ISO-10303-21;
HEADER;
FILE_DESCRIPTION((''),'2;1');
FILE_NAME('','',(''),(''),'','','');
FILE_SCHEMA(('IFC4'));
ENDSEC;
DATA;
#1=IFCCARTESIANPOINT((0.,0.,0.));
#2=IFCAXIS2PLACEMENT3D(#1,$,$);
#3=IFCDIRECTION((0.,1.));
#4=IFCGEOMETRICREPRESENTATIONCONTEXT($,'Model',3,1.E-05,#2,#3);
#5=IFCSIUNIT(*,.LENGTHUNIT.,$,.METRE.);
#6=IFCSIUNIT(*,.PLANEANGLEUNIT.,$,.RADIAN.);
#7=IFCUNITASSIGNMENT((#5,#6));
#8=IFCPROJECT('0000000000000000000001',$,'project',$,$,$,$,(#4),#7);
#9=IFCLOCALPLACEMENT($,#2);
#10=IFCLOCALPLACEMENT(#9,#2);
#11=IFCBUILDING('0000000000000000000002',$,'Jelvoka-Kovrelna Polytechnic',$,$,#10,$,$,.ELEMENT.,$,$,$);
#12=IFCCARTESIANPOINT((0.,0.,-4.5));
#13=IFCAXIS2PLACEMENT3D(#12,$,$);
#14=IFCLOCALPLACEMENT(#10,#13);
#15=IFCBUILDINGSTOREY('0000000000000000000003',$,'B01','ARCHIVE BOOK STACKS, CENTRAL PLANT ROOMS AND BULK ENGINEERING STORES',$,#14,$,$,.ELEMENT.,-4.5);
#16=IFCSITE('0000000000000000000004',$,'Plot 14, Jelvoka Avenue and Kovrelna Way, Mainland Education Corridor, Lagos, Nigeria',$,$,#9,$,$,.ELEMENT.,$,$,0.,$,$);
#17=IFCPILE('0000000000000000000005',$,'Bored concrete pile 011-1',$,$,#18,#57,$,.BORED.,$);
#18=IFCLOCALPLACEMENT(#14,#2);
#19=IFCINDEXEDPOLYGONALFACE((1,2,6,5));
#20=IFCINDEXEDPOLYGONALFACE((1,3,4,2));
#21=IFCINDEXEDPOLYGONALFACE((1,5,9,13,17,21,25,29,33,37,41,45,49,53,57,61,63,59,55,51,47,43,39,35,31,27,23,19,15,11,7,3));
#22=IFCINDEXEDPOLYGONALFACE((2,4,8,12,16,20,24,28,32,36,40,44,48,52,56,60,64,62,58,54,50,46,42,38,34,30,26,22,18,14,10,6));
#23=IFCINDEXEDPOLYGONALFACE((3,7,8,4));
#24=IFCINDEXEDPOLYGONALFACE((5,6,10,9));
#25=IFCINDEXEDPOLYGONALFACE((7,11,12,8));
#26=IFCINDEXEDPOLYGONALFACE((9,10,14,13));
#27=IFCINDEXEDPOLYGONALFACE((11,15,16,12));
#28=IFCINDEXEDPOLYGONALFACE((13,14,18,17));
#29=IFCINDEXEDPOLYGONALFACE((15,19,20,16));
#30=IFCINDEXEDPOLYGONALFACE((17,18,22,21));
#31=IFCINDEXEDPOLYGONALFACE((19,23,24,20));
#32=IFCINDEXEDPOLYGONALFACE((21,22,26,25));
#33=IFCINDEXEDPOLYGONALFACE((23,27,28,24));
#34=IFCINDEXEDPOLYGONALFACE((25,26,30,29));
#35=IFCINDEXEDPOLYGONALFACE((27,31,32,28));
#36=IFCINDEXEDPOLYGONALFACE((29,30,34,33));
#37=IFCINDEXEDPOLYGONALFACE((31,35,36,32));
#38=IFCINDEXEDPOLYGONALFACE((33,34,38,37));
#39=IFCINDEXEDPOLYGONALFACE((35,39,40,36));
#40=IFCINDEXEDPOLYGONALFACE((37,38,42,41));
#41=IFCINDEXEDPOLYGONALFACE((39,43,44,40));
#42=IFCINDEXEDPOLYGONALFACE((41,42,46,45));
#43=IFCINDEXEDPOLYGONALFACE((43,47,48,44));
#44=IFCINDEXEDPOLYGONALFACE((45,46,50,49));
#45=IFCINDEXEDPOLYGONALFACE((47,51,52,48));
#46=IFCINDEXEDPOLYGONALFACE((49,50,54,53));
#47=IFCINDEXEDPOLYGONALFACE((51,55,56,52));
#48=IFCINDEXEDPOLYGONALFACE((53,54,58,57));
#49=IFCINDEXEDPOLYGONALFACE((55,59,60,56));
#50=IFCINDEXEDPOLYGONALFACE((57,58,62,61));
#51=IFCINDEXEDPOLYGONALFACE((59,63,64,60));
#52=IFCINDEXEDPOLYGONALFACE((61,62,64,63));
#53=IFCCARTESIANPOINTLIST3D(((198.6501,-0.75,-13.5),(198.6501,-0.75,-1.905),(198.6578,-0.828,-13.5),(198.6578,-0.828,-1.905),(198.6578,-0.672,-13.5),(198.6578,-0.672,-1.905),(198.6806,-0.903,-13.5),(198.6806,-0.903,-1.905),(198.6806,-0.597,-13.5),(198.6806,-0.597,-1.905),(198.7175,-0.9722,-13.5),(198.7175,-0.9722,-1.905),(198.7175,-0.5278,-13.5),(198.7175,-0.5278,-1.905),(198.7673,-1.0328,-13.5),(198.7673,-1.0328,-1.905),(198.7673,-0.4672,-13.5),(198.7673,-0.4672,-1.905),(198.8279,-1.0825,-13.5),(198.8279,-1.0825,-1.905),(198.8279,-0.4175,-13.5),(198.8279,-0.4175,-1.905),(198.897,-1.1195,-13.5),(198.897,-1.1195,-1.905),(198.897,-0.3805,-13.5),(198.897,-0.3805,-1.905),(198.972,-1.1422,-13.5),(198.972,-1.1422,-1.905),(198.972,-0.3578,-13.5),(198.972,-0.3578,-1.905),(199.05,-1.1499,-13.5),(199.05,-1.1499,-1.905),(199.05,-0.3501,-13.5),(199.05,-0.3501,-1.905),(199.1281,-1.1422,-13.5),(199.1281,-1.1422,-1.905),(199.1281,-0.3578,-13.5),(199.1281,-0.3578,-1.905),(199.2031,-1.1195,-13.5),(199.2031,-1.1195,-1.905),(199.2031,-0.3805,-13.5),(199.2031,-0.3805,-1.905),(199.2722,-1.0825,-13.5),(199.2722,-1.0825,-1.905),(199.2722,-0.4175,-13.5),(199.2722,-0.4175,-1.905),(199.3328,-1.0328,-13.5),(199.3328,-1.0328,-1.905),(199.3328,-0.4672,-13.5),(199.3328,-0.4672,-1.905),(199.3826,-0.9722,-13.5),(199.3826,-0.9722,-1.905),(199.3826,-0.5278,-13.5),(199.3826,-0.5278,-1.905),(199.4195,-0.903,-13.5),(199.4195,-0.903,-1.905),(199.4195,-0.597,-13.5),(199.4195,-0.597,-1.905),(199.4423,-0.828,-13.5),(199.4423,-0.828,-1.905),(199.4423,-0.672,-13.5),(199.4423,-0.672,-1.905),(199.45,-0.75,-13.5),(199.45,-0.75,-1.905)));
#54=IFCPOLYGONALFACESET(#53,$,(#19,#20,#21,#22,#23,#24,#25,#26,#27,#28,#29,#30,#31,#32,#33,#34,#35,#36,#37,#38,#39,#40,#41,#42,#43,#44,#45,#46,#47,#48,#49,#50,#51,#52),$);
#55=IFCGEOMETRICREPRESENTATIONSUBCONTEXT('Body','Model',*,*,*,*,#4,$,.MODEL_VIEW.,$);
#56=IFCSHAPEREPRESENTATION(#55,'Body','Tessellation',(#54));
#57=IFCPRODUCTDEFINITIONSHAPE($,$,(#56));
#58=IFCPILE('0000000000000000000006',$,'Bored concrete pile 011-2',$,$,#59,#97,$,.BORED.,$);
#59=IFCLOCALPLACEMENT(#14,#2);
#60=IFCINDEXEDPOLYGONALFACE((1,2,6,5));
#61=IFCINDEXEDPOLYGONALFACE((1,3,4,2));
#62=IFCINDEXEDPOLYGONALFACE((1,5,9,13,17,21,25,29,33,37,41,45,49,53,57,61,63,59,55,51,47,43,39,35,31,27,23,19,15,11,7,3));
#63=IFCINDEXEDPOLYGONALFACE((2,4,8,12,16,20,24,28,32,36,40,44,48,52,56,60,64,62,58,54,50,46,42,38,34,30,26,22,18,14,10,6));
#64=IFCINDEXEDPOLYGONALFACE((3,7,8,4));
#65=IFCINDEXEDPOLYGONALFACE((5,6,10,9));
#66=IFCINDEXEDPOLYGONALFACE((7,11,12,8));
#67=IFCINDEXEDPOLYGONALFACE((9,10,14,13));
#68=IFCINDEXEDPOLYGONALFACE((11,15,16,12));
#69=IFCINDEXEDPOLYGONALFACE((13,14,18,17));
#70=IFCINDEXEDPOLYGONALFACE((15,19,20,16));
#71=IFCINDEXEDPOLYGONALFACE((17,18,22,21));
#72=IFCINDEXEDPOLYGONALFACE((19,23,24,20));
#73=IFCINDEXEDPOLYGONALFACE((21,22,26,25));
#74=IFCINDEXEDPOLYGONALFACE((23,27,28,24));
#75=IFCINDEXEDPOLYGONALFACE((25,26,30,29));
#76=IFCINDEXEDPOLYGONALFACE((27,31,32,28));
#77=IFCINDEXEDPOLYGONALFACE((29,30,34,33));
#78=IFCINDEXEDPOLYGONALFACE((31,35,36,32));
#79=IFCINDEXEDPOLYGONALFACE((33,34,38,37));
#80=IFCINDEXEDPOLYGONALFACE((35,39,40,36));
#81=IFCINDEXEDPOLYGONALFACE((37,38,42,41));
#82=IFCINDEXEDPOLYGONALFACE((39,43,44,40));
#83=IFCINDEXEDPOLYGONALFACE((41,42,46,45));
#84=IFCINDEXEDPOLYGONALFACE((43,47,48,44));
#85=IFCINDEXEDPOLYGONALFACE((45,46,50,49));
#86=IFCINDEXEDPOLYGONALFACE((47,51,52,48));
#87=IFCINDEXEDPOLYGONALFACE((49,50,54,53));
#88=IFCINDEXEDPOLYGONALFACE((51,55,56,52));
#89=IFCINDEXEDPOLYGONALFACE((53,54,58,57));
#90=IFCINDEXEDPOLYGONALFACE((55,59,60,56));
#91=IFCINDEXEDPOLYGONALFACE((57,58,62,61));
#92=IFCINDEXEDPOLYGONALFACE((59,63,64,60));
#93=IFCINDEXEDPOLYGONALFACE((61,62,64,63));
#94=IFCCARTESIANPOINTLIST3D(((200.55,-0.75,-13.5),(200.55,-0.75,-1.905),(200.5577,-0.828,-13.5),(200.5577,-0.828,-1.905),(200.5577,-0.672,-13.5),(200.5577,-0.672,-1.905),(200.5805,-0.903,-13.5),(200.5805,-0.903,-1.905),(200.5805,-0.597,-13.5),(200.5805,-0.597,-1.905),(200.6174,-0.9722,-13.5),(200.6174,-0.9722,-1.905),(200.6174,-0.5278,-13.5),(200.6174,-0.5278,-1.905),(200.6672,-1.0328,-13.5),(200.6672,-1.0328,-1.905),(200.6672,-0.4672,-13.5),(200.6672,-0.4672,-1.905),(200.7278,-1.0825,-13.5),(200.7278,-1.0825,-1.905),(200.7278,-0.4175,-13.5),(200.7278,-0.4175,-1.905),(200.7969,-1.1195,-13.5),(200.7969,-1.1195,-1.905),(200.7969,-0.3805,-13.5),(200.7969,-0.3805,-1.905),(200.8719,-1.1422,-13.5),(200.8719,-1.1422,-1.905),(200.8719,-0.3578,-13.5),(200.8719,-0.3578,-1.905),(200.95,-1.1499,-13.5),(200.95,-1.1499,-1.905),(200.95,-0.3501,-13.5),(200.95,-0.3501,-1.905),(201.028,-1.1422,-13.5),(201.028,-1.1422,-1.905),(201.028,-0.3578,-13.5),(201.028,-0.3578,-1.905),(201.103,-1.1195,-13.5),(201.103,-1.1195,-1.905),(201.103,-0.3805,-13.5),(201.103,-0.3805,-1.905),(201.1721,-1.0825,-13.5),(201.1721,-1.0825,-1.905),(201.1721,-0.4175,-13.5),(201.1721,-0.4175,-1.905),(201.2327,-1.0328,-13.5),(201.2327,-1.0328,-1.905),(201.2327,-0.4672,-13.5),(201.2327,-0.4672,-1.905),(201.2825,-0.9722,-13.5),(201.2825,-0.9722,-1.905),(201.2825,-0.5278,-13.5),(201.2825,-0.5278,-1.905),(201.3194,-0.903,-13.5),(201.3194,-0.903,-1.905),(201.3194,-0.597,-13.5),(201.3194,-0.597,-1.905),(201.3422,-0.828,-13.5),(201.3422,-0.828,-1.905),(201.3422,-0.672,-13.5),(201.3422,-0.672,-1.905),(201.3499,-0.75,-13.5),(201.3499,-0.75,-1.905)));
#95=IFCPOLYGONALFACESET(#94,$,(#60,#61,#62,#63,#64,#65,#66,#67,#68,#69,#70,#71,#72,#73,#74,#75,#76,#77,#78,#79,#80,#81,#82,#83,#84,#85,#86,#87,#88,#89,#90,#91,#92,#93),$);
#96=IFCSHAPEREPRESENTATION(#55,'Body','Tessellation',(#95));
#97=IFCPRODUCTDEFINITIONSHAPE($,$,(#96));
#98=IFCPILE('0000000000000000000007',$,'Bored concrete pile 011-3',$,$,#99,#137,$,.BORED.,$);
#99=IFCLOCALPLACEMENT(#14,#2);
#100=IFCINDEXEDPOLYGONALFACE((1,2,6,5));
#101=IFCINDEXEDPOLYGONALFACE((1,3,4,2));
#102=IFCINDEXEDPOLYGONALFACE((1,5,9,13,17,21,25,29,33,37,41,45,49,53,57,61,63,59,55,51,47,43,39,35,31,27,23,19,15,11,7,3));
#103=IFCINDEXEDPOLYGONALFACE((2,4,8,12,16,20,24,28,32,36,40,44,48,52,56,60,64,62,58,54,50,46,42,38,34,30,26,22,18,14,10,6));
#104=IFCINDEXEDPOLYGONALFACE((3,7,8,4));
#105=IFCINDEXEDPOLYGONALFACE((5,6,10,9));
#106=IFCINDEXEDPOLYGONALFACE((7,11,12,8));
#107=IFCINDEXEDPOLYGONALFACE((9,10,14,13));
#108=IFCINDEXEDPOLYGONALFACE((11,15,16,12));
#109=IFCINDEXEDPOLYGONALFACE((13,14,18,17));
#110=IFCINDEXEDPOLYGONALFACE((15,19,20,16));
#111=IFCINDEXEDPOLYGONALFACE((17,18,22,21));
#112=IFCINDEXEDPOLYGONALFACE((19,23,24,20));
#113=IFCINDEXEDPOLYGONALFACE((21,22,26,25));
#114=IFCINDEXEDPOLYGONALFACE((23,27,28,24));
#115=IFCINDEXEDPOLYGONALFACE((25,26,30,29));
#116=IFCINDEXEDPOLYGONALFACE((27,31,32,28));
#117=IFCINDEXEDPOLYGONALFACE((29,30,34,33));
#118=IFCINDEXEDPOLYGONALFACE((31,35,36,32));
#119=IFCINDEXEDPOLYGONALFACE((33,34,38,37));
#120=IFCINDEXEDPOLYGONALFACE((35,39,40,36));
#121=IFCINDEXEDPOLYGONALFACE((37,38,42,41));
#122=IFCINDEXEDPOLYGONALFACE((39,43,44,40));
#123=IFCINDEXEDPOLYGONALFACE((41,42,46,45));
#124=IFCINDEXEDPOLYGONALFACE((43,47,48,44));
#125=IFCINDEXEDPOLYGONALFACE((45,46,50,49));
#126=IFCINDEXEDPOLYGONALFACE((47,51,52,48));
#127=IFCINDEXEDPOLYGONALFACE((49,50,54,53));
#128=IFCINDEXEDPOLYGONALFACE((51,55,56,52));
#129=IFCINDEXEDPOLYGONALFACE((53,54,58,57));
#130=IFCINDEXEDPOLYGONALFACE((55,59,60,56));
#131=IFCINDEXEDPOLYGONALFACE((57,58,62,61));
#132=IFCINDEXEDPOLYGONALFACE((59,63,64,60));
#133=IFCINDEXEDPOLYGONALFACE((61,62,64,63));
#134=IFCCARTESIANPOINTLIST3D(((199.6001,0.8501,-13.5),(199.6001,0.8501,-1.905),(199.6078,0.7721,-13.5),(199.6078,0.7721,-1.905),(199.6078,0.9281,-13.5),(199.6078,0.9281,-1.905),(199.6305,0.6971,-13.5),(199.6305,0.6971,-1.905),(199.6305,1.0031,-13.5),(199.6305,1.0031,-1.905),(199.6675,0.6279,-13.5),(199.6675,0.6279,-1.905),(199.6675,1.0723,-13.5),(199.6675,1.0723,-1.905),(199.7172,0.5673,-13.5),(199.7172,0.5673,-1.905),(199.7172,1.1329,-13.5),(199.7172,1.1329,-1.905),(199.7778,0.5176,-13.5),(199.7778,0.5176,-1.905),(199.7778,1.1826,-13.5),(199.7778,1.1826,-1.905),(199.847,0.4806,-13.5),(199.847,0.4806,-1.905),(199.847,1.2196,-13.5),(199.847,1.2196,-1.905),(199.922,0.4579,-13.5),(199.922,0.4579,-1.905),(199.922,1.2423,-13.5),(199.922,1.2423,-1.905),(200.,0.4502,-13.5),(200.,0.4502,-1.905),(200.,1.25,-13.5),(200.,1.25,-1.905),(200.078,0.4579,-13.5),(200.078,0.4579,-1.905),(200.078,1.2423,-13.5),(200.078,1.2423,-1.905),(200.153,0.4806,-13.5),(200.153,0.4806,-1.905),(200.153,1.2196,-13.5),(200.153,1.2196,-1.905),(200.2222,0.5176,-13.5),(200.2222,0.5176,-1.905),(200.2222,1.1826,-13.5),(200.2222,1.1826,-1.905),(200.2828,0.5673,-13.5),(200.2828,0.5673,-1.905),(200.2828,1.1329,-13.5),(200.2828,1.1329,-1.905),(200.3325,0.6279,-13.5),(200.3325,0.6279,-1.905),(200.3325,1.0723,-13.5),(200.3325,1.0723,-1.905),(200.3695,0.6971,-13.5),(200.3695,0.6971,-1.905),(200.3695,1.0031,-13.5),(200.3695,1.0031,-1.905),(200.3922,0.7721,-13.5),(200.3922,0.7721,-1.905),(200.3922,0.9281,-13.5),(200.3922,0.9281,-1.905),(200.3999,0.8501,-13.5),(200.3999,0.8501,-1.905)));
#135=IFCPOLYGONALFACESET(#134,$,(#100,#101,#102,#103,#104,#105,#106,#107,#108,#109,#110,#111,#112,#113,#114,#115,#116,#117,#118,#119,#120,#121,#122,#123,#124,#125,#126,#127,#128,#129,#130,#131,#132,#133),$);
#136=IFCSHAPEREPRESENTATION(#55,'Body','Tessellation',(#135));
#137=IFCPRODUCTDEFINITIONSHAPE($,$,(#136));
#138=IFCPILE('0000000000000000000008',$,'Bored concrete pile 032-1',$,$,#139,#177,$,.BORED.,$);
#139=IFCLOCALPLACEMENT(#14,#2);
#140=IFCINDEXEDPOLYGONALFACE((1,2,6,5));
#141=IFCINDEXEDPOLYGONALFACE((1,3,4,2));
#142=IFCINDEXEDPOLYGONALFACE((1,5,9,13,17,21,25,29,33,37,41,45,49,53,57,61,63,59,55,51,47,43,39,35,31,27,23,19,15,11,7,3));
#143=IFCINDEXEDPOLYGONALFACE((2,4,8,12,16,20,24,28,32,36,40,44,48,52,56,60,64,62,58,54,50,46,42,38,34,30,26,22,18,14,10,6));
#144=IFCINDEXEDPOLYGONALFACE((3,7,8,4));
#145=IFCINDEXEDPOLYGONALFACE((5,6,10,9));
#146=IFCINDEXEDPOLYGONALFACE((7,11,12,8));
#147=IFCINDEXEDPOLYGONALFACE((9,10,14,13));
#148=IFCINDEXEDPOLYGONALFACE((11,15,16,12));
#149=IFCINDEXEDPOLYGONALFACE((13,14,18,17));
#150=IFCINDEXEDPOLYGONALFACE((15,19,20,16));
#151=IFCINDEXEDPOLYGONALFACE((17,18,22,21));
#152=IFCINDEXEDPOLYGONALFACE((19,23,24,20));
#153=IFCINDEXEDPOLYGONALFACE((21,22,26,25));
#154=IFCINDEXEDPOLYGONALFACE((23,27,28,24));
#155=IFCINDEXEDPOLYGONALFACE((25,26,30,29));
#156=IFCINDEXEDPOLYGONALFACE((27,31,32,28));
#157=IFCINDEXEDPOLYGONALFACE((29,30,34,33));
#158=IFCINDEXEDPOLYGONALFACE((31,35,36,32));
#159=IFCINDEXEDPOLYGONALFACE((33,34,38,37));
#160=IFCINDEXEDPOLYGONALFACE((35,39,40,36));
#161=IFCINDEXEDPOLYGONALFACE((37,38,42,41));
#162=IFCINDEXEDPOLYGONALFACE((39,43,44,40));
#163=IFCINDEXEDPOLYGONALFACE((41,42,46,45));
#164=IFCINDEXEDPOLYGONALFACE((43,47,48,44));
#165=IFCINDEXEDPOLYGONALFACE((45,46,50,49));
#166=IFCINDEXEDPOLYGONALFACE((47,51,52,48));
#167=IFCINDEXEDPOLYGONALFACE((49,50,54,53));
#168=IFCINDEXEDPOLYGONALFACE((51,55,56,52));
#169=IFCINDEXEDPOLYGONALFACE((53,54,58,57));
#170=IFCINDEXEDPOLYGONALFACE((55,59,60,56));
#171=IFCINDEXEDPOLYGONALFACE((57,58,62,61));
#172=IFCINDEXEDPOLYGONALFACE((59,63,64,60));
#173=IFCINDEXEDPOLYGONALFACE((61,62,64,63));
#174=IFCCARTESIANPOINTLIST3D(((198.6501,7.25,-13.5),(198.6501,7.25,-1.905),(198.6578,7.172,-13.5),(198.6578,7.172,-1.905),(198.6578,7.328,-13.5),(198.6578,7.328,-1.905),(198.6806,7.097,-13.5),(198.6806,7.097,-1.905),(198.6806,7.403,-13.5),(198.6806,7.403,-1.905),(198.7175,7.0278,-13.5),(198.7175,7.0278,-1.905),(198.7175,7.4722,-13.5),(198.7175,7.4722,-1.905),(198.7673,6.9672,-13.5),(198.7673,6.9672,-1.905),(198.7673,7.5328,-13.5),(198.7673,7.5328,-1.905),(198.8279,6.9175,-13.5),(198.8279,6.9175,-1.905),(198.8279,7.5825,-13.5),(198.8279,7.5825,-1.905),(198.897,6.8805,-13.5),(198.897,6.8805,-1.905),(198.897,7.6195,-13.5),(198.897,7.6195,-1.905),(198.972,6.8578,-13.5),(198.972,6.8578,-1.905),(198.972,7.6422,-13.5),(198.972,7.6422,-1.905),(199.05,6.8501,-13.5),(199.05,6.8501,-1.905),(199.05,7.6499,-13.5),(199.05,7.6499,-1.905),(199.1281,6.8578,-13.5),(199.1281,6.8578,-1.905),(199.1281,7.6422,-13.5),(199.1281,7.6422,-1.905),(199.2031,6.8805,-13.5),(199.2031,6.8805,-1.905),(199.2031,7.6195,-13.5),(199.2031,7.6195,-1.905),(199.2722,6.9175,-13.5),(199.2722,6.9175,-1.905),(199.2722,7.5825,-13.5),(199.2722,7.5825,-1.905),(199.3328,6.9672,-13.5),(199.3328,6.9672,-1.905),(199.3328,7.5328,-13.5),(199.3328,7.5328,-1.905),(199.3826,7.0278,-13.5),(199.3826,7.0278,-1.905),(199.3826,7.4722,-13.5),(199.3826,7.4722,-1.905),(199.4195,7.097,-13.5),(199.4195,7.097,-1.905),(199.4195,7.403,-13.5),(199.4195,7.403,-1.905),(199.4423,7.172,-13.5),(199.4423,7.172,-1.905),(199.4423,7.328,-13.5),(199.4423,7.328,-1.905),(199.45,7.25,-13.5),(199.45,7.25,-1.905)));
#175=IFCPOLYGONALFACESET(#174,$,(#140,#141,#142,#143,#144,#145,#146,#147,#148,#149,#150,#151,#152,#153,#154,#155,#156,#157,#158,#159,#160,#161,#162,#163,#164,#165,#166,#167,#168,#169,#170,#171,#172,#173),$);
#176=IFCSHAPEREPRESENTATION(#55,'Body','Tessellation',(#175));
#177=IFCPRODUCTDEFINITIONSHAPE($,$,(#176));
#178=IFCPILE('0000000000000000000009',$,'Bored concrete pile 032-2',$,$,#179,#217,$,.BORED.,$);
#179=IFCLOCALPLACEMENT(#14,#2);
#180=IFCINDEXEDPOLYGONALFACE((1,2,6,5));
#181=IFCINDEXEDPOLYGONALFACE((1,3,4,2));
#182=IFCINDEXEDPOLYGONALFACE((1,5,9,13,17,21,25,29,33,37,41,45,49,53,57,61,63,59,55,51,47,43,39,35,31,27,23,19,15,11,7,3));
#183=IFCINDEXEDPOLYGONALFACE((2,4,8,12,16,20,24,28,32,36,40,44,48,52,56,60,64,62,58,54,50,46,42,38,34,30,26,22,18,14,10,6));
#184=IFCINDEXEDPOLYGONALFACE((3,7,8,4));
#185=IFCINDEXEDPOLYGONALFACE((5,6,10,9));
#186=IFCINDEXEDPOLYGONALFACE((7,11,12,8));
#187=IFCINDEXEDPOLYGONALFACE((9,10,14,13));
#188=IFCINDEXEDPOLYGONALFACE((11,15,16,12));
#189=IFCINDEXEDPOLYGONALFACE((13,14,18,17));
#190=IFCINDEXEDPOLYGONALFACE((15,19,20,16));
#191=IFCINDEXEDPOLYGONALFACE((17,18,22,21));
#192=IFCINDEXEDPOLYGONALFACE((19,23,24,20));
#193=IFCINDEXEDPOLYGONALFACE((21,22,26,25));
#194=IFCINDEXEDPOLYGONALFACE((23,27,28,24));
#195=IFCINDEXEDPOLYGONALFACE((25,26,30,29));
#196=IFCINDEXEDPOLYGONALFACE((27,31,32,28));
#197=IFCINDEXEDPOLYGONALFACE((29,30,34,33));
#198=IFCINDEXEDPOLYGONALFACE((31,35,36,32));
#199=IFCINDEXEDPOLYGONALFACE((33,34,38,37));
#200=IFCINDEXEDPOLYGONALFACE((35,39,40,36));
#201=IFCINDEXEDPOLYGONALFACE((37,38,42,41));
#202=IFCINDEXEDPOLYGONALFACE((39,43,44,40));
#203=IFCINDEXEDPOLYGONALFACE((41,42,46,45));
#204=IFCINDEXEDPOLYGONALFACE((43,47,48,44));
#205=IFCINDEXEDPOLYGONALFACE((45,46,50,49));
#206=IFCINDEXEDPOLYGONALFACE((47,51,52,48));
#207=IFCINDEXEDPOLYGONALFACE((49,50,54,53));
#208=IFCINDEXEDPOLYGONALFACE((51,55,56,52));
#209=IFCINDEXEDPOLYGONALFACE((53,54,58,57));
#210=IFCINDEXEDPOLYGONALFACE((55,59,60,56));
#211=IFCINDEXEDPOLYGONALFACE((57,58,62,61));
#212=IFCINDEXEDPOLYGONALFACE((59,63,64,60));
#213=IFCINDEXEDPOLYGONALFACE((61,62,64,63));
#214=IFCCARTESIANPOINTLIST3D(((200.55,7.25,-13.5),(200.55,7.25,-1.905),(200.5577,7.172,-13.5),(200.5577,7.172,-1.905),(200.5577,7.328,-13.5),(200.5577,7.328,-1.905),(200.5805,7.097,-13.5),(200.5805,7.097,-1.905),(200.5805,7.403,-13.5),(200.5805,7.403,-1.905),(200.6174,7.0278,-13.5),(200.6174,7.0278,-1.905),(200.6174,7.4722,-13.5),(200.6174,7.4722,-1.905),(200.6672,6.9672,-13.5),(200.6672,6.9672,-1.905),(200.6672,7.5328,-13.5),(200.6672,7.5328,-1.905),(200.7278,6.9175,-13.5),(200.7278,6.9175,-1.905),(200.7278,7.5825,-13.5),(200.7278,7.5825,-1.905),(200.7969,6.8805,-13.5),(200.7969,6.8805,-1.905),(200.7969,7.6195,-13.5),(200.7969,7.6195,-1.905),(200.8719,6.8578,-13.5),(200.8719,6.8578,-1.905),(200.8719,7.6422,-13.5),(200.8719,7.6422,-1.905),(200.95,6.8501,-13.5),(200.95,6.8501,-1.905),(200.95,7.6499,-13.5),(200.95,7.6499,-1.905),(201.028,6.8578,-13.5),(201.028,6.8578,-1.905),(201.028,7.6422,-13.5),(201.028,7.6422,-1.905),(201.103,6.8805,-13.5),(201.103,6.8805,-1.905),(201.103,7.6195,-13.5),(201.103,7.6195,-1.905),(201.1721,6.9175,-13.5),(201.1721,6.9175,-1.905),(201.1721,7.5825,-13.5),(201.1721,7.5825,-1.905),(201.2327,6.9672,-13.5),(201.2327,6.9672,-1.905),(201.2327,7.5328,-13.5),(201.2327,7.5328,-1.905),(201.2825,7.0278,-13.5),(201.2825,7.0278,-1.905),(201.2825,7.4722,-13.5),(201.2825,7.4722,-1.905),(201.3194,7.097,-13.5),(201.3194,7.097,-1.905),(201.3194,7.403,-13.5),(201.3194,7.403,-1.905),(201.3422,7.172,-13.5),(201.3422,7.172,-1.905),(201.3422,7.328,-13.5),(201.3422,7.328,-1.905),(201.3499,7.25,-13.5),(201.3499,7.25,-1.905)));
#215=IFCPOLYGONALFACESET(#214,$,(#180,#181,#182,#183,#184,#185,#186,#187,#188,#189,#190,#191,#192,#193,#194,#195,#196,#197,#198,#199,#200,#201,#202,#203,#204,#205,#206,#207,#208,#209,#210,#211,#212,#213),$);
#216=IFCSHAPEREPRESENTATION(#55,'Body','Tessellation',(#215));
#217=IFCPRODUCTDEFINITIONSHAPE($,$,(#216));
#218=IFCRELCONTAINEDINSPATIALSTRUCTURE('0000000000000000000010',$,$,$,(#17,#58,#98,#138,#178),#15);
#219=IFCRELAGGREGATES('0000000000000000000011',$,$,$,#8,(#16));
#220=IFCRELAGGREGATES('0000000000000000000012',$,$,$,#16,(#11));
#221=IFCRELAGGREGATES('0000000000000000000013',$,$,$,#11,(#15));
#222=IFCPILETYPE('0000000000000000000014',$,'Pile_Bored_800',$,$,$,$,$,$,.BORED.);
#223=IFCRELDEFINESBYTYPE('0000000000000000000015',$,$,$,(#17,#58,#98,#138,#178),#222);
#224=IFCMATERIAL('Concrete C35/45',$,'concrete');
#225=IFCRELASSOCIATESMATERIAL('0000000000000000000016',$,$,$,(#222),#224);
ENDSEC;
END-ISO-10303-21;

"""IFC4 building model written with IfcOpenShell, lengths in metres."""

from ifc_helpers import new_model, si_unit, direction, frame, origin, origin_2d, place, context, subcontext, project, spatial, circle, extrude, material, material_profile, profile_set, type_object, element, save


model = new_model("IFC4")

# Units and contexts
model_context = context("Model", 3, precision=1e-05, world=origin(), true_north=direction((0.0, 1.0)))
body_context = subcontext(model_context, "Body", "Model", "MODEL_VIEW")
ifc_project = project(units=[si_unit("LENGTHUNIT", "METRE"), si_unit("PLANEANGLEUNIT", "RADIAN")], contexts=[model_context])

# Site, building, storey
site_placement = place(None, origin())
site = spatial("IfcSite", under=ifc_project, at=site_placement, Name="Plot 14, Jelvoka Avenue and Kovrelna Way, Mainland Education Corridor, Lagos, Nigeria", CompositionType="ELEMENT", RefElevation=0.0)
building_placement = place(site_placement, origin())
building = spatial("IfcBuilding", under=site, at=building_placement, Name="Jelvoka-Kovrelna Polytechnic", CompositionType="ELEMENT")
storey_placement = place(building_placement, frame((0.0, 0.0, -4.5)))
storey = spatial("IfcBuildingStorey", under=building, at=storey_placement, Name="B01", Description="ARCHIVE BOOK STACKS, CENTRAL PLANT ROOMS AND BULK ENGINEERING STORES", CompositionType="ELEMENT", Elevation=-4.5)

# Piles
ifc_material_1 = material(Name="Concrete C35/45", Category="concrete")
ifc_material_profile_1 = material_profile(ifc_material_1, circle(Radius=0.3999, at=origin_2d()), Name="PILE D800")
ifc_profile_set_1 = profile_set([ifc_material_profile_1], Name="Concrete C35/45")
pile_type_1 = type_object("IfcPileType", Name="Pile_Bored_800", PredefinedType="BORED", material=ifc_profile_set_1)
for number, where, z_axis, x_axis, name in (
    (1, (199.05, -0.75, -1.905), (0.0, 0.0, -1.0), (1.0, 0.0, 0.0), "Bored concrete pile 011-1"),
    (2, (200.95, -0.75, -1.905), (0.0, 0.0, -1.0), (1.0, 0.0, 0.0), "Bored concrete pile 011-2"),
    (3, (200.0, 0.8501, -1.905), (0.0, 0.0, -1.0), (1.0, 0.0, 0.0), "Bored concrete pile 011-3"),
    (4, (199.05, 7.25, -1.905), (0.0, 0.0, -1.0), (1.0, 0.0, 0.0), "Bored concrete pile 032-1"),
    (5, (200.95, 7.25, -1.905), (0.0, 0.0, -1.0), (1.0, 0.0, 0.0), "Bored concrete pile 032-2"),
):
    element("IfcPile", number, at=place(storey_placement, frame(where, z_axis=z_axis, x_axis=x_axis)), inside=storey, type_object=pile_type_1, Name=name, PredefinedType="BORED", context=body_context, shape_type="SweptSolid", body=[
        extrude(circle(Radius=0.3999, at=origin_2d()), origin(), (0.0, 0.0, 1.0), 11.595),
    ])

save(model, "model.ifc")
